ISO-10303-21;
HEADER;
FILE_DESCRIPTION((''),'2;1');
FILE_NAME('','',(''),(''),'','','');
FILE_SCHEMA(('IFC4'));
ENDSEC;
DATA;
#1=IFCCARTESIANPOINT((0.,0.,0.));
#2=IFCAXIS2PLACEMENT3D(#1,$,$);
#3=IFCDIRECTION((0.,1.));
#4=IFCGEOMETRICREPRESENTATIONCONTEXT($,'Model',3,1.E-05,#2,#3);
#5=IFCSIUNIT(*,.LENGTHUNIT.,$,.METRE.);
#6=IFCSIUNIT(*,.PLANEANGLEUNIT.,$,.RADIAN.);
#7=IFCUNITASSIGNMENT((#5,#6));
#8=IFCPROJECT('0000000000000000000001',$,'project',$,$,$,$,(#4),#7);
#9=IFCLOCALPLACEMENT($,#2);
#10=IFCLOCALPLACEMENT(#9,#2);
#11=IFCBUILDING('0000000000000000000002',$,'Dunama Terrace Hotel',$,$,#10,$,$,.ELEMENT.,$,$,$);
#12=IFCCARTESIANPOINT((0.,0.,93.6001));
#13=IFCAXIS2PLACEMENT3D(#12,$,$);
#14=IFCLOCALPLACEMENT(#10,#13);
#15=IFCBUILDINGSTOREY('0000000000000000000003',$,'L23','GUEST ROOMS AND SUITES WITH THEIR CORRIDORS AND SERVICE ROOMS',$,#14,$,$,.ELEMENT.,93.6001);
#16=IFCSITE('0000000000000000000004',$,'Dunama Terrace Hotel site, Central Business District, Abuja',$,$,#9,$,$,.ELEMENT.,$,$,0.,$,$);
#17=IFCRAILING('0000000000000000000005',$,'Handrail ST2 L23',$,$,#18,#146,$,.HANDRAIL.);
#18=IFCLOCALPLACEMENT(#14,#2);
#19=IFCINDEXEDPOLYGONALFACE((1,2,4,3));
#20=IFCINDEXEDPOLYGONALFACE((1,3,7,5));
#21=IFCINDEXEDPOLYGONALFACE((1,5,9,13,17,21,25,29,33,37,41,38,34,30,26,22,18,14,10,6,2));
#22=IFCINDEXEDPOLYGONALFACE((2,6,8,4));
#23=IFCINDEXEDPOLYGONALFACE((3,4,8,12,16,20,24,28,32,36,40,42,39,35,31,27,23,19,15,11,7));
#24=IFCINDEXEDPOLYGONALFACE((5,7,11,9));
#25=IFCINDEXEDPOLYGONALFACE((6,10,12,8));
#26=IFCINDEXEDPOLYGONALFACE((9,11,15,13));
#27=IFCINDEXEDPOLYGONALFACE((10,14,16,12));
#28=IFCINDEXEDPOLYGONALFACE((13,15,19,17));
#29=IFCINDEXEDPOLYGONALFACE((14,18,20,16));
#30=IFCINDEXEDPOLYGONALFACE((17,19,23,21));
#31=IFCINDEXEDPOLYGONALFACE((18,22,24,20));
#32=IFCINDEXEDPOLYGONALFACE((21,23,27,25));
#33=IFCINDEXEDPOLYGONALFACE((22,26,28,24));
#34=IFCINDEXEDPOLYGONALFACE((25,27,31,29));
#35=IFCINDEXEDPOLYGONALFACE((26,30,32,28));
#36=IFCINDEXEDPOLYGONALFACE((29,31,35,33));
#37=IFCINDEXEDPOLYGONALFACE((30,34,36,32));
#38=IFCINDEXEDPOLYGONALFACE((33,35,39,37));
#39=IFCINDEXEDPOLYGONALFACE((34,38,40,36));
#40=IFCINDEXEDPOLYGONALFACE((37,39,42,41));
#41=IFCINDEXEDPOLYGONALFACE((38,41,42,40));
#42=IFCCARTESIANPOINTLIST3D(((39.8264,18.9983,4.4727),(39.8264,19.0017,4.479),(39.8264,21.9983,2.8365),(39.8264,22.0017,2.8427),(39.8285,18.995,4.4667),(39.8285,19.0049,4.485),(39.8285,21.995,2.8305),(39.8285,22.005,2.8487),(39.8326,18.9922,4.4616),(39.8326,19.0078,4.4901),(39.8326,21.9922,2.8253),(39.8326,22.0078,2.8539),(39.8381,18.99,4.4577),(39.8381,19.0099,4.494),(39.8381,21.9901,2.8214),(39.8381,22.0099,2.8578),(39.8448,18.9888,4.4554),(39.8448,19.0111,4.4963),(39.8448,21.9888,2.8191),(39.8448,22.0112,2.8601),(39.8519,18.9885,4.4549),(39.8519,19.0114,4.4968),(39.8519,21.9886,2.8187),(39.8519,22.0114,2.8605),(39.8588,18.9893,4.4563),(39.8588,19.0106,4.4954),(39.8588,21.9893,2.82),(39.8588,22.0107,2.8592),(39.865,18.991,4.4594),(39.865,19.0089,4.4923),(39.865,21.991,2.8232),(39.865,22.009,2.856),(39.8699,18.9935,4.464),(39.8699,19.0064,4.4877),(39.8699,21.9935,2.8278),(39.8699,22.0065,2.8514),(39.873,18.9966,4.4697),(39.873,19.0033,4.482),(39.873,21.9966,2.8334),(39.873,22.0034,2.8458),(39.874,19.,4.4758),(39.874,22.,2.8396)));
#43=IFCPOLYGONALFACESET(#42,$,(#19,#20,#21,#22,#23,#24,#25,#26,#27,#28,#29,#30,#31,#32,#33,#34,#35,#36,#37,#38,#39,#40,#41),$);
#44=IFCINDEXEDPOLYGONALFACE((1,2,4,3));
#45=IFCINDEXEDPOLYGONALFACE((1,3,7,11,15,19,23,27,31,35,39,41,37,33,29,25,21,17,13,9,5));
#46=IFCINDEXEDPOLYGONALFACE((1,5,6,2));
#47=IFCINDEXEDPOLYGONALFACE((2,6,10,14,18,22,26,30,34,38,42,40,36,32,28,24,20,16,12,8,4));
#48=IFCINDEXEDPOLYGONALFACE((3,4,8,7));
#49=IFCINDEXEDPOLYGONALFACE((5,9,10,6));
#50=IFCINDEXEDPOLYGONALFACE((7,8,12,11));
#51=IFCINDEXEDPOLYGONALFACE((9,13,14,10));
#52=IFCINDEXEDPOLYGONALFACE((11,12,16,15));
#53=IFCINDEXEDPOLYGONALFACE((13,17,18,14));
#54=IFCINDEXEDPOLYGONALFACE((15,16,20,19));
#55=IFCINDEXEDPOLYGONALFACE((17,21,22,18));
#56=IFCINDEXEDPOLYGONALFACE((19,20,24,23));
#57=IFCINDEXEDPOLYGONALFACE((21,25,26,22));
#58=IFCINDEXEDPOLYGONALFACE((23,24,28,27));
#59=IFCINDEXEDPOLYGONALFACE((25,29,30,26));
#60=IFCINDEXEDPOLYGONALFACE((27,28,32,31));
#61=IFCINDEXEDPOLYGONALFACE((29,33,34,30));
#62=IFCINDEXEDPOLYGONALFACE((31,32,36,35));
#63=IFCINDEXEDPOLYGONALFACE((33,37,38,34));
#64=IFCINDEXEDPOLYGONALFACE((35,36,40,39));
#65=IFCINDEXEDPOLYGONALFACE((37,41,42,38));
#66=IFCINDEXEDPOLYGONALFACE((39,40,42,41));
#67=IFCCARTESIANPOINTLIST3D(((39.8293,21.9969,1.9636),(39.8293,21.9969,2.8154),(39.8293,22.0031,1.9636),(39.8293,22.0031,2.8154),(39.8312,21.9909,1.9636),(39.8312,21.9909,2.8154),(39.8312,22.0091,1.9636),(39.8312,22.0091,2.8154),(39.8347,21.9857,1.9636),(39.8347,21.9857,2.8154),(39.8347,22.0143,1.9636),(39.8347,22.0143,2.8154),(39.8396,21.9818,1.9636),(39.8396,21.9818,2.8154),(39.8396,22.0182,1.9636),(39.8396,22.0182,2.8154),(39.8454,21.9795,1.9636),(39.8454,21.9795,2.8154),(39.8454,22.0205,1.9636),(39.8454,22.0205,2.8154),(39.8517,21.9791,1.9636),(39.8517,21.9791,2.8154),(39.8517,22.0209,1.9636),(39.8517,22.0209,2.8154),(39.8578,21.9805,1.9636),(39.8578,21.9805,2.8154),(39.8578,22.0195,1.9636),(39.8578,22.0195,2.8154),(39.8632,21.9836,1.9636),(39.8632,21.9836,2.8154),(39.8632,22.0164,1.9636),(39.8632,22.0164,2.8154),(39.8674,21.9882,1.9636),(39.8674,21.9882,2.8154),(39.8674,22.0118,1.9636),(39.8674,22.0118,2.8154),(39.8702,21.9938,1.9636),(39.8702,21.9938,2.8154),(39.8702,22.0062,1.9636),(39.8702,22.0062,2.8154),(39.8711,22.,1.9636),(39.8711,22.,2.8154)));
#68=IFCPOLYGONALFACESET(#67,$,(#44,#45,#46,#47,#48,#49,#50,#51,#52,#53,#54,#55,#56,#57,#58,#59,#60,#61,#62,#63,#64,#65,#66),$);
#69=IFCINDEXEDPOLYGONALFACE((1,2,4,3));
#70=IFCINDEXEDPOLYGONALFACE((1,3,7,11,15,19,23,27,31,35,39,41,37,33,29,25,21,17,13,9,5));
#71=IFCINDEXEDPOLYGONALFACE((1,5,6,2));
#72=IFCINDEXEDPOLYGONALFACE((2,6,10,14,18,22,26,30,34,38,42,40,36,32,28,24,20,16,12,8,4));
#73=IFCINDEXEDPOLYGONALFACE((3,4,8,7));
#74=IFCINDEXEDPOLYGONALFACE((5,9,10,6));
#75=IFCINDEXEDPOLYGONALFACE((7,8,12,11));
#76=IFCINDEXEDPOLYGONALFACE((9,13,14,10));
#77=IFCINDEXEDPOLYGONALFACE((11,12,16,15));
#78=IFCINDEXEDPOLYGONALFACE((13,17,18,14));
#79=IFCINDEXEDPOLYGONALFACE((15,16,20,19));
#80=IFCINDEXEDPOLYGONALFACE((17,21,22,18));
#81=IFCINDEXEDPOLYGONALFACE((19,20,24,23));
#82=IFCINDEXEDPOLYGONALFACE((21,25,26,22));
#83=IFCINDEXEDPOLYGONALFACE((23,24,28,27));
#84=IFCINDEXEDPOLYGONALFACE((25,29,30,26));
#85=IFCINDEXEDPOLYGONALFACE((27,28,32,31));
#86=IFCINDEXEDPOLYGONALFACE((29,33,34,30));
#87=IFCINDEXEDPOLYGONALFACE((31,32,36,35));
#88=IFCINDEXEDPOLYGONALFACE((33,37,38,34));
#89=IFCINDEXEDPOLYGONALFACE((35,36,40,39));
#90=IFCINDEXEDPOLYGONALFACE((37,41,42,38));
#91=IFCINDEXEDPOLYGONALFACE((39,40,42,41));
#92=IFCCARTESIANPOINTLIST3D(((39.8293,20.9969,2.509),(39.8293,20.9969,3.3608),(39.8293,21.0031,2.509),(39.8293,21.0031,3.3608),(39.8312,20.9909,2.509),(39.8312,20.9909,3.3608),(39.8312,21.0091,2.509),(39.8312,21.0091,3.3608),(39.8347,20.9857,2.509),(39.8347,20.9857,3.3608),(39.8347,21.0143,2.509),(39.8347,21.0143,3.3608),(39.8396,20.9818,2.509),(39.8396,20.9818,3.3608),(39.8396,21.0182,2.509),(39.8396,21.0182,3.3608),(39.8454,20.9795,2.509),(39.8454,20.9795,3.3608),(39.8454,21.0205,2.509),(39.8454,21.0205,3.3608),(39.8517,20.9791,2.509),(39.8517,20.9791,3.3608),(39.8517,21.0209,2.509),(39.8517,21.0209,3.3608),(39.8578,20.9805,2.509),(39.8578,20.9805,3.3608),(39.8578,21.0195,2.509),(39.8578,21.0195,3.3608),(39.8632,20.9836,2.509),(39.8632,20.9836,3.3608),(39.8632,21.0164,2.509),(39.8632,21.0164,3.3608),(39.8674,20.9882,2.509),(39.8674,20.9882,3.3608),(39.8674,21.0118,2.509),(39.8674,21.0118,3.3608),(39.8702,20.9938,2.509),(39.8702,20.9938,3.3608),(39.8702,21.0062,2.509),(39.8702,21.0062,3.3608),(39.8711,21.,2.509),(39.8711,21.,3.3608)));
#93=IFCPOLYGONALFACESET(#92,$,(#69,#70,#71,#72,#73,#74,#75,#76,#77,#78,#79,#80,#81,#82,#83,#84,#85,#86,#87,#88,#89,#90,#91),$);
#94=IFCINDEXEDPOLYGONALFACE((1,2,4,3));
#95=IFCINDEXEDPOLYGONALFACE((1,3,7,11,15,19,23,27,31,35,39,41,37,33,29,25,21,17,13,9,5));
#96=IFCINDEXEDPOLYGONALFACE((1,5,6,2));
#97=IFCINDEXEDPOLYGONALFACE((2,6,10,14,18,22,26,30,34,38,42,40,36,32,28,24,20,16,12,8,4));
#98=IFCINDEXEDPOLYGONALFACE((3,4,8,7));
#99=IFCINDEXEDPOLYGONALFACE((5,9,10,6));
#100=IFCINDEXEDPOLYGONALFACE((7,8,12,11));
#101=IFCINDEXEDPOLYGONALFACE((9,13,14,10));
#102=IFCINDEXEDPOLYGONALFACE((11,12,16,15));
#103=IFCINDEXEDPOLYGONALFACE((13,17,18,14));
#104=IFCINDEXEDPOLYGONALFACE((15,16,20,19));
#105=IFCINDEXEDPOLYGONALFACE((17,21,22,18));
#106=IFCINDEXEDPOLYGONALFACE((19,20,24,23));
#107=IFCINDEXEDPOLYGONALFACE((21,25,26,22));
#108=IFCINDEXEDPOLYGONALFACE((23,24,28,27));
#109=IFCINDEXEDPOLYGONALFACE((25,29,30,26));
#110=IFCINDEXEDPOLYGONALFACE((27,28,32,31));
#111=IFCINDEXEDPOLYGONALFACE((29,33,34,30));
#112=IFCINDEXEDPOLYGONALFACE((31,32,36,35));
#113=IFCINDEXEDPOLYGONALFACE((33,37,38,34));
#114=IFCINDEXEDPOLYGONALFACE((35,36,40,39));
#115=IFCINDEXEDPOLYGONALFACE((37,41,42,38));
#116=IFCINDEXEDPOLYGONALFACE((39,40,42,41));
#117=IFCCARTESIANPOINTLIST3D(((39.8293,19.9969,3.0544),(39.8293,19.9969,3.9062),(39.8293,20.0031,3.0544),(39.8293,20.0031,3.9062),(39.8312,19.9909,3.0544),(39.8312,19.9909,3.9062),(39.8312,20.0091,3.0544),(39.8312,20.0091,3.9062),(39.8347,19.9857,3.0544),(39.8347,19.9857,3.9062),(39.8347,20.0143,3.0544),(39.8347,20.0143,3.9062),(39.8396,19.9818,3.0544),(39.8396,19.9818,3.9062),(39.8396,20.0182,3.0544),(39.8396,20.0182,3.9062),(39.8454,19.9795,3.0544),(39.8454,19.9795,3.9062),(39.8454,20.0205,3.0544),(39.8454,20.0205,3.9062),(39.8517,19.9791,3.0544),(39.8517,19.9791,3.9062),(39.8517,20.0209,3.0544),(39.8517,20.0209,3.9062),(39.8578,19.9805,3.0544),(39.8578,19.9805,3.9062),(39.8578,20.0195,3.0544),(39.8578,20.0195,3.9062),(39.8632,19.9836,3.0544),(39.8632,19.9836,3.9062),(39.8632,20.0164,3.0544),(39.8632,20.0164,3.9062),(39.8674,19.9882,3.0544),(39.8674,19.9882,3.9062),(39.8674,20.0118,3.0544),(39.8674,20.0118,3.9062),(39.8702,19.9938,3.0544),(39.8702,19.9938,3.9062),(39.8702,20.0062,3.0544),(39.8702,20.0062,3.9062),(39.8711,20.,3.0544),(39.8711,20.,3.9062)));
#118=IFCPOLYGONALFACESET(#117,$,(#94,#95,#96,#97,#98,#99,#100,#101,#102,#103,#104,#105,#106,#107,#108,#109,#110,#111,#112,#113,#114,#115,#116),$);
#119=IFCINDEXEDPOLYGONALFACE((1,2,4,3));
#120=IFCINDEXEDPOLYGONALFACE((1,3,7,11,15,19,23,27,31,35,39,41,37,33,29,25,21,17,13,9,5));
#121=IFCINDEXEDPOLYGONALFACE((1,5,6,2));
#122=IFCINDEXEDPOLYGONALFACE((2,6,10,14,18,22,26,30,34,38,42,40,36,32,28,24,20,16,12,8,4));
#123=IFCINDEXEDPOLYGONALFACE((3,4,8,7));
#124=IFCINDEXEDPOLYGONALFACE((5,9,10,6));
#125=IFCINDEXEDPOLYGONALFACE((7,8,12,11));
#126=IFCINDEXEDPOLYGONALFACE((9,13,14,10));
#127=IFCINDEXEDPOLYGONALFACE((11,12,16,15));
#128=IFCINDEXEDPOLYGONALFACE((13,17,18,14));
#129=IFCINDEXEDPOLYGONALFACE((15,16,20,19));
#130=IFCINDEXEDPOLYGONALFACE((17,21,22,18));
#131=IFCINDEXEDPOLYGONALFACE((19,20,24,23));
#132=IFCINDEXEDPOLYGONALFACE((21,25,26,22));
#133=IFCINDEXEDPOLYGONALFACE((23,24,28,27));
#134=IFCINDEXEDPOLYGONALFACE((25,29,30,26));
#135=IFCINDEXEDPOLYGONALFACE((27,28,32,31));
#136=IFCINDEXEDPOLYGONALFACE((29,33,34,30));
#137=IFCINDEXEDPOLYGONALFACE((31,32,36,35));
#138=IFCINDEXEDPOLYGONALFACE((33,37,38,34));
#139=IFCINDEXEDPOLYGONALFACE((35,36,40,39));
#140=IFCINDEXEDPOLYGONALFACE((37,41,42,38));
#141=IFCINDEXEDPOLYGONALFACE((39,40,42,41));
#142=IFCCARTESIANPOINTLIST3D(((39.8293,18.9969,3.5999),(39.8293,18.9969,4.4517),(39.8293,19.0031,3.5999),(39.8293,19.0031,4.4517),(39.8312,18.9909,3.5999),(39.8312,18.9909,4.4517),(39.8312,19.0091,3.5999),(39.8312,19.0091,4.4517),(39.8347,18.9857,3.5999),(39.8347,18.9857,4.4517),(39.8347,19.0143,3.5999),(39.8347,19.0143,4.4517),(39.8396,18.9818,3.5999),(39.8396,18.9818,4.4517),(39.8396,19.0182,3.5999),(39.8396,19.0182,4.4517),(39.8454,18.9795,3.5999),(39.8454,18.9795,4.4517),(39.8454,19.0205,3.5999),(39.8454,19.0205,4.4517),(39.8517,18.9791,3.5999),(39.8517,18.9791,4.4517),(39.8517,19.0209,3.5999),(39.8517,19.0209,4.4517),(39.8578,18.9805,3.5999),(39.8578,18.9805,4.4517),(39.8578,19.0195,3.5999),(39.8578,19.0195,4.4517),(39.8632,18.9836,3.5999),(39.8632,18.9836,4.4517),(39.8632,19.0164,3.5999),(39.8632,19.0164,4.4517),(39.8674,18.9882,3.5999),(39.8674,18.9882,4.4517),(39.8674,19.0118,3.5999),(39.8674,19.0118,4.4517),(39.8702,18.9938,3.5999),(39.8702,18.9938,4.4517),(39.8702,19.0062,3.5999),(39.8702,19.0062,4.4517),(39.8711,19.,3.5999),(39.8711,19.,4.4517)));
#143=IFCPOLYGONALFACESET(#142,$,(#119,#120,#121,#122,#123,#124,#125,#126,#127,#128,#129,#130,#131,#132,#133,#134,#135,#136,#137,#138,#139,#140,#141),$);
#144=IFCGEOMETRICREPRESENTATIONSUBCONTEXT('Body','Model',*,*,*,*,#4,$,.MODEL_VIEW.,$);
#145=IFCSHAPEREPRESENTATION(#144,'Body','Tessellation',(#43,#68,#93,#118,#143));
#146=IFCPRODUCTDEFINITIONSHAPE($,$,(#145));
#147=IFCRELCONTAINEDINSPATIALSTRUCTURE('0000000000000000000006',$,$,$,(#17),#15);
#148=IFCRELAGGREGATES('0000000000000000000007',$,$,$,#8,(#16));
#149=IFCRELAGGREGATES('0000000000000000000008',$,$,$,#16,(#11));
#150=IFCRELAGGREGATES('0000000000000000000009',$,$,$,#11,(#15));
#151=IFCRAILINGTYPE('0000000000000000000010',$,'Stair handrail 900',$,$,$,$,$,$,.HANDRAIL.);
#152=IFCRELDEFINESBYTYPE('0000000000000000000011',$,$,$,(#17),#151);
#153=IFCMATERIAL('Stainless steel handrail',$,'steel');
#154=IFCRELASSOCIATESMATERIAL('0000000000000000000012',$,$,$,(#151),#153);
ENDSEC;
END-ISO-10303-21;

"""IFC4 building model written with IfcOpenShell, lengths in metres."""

from ifc_helpers import new_model, si_unit, direction, frame, origin, origin_2d, place, context, subcontext, project, spatial, circle, extrude, material, type_object, element, save


model = new_model("IFC4")

# Units and contexts
model_context = context("Model", 3, precision=1e-05, world=origin(), true_north=direction((0.0, 1.0)))
body_context = subcontext(model_context, "Body", "Model", "MODEL_VIEW")
ifc_project = project(units=[si_unit("LENGTHUNIT", "METRE"), si_unit("PLANEANGLEUNIT", "RADIAN")], contexts=[model_context])

# Site, building, storey
site_placement = place(None, origin())
site = spatial("IfcSite", under=ifc_project, at=site_placement, Name="Dunama Terrace Hotel site, Central Business District, Abuja", CompositionType="ELEMENT", RefElevation=0.0)
building_placement = place(site_placement, origin())
building = spatial("IfcBuilding", under=site, at=building_placement, Name="Dunama Terrace Hotel", CompositionType="ELEMENT")
storey_placement = place(building_placement, frame((0.0, 0.0, 93.6001)))
storey = spatial("IfcBuildingStorey", under=building, at=storey_placement, Name="L23", Description="GUEST ROOMS AND SUITES WITH THEIR CORRIDORS AND SERVICE ROOMS", CompositionType="ELEMENT", Elevation=93.6001)

# Railing
ifc_material_1 = material(Name="Stainless steel handrail", Category="steel")
railing_type = type_object("IfcRailingType", Name="Stair handrail 900", PredefinedType="HANDRAIL", material=ifc_material_1)
railing_1_placement = place(storey_placement, frame((39.8501, 22.0, 1.9636)))
element("IfcRailing", 1, at=railing_1_placement, inside=storey, type_object=railing_type, Name="Handrail ST2 L23", PredefinedType="HANDRAIL", context=body_context, shape_type="SweptSolid", body=[
    extrude(circle(Radius=0.0239, at=origin_2d()), frame((0.0, 0.0, 0.876), z_axis=(0.0, -0.877912, 0.478822), x_axis=(1.0, 0.0, 0.0)), (0.0, 0.0, 1.0), 3.4172),
    extrude(circle(Radius=0.021, at=origin_2d()), origin(), (0.0, 0.0, 1.0), 0.8518),
    extrude(circle(Radius=0.021, at=origin_2d()), frame((0.0, -1.0, 0.5454)), (0.0, 0.0, 1.0), 0.8518),
    extrude(circle(Radius=0.021, at=origin_2d()), frame((0.0, -2.0, 1.0908)), (0.0, 0.0, 1.0), 0.8518),
    extrude(circle(Radius=0.021, at=origin_2d()), frame((0.0, -3.0, 1.6362)), (0.0, 0.0, 1.0), 0.8518),
])

save(model, "model.ifc")
